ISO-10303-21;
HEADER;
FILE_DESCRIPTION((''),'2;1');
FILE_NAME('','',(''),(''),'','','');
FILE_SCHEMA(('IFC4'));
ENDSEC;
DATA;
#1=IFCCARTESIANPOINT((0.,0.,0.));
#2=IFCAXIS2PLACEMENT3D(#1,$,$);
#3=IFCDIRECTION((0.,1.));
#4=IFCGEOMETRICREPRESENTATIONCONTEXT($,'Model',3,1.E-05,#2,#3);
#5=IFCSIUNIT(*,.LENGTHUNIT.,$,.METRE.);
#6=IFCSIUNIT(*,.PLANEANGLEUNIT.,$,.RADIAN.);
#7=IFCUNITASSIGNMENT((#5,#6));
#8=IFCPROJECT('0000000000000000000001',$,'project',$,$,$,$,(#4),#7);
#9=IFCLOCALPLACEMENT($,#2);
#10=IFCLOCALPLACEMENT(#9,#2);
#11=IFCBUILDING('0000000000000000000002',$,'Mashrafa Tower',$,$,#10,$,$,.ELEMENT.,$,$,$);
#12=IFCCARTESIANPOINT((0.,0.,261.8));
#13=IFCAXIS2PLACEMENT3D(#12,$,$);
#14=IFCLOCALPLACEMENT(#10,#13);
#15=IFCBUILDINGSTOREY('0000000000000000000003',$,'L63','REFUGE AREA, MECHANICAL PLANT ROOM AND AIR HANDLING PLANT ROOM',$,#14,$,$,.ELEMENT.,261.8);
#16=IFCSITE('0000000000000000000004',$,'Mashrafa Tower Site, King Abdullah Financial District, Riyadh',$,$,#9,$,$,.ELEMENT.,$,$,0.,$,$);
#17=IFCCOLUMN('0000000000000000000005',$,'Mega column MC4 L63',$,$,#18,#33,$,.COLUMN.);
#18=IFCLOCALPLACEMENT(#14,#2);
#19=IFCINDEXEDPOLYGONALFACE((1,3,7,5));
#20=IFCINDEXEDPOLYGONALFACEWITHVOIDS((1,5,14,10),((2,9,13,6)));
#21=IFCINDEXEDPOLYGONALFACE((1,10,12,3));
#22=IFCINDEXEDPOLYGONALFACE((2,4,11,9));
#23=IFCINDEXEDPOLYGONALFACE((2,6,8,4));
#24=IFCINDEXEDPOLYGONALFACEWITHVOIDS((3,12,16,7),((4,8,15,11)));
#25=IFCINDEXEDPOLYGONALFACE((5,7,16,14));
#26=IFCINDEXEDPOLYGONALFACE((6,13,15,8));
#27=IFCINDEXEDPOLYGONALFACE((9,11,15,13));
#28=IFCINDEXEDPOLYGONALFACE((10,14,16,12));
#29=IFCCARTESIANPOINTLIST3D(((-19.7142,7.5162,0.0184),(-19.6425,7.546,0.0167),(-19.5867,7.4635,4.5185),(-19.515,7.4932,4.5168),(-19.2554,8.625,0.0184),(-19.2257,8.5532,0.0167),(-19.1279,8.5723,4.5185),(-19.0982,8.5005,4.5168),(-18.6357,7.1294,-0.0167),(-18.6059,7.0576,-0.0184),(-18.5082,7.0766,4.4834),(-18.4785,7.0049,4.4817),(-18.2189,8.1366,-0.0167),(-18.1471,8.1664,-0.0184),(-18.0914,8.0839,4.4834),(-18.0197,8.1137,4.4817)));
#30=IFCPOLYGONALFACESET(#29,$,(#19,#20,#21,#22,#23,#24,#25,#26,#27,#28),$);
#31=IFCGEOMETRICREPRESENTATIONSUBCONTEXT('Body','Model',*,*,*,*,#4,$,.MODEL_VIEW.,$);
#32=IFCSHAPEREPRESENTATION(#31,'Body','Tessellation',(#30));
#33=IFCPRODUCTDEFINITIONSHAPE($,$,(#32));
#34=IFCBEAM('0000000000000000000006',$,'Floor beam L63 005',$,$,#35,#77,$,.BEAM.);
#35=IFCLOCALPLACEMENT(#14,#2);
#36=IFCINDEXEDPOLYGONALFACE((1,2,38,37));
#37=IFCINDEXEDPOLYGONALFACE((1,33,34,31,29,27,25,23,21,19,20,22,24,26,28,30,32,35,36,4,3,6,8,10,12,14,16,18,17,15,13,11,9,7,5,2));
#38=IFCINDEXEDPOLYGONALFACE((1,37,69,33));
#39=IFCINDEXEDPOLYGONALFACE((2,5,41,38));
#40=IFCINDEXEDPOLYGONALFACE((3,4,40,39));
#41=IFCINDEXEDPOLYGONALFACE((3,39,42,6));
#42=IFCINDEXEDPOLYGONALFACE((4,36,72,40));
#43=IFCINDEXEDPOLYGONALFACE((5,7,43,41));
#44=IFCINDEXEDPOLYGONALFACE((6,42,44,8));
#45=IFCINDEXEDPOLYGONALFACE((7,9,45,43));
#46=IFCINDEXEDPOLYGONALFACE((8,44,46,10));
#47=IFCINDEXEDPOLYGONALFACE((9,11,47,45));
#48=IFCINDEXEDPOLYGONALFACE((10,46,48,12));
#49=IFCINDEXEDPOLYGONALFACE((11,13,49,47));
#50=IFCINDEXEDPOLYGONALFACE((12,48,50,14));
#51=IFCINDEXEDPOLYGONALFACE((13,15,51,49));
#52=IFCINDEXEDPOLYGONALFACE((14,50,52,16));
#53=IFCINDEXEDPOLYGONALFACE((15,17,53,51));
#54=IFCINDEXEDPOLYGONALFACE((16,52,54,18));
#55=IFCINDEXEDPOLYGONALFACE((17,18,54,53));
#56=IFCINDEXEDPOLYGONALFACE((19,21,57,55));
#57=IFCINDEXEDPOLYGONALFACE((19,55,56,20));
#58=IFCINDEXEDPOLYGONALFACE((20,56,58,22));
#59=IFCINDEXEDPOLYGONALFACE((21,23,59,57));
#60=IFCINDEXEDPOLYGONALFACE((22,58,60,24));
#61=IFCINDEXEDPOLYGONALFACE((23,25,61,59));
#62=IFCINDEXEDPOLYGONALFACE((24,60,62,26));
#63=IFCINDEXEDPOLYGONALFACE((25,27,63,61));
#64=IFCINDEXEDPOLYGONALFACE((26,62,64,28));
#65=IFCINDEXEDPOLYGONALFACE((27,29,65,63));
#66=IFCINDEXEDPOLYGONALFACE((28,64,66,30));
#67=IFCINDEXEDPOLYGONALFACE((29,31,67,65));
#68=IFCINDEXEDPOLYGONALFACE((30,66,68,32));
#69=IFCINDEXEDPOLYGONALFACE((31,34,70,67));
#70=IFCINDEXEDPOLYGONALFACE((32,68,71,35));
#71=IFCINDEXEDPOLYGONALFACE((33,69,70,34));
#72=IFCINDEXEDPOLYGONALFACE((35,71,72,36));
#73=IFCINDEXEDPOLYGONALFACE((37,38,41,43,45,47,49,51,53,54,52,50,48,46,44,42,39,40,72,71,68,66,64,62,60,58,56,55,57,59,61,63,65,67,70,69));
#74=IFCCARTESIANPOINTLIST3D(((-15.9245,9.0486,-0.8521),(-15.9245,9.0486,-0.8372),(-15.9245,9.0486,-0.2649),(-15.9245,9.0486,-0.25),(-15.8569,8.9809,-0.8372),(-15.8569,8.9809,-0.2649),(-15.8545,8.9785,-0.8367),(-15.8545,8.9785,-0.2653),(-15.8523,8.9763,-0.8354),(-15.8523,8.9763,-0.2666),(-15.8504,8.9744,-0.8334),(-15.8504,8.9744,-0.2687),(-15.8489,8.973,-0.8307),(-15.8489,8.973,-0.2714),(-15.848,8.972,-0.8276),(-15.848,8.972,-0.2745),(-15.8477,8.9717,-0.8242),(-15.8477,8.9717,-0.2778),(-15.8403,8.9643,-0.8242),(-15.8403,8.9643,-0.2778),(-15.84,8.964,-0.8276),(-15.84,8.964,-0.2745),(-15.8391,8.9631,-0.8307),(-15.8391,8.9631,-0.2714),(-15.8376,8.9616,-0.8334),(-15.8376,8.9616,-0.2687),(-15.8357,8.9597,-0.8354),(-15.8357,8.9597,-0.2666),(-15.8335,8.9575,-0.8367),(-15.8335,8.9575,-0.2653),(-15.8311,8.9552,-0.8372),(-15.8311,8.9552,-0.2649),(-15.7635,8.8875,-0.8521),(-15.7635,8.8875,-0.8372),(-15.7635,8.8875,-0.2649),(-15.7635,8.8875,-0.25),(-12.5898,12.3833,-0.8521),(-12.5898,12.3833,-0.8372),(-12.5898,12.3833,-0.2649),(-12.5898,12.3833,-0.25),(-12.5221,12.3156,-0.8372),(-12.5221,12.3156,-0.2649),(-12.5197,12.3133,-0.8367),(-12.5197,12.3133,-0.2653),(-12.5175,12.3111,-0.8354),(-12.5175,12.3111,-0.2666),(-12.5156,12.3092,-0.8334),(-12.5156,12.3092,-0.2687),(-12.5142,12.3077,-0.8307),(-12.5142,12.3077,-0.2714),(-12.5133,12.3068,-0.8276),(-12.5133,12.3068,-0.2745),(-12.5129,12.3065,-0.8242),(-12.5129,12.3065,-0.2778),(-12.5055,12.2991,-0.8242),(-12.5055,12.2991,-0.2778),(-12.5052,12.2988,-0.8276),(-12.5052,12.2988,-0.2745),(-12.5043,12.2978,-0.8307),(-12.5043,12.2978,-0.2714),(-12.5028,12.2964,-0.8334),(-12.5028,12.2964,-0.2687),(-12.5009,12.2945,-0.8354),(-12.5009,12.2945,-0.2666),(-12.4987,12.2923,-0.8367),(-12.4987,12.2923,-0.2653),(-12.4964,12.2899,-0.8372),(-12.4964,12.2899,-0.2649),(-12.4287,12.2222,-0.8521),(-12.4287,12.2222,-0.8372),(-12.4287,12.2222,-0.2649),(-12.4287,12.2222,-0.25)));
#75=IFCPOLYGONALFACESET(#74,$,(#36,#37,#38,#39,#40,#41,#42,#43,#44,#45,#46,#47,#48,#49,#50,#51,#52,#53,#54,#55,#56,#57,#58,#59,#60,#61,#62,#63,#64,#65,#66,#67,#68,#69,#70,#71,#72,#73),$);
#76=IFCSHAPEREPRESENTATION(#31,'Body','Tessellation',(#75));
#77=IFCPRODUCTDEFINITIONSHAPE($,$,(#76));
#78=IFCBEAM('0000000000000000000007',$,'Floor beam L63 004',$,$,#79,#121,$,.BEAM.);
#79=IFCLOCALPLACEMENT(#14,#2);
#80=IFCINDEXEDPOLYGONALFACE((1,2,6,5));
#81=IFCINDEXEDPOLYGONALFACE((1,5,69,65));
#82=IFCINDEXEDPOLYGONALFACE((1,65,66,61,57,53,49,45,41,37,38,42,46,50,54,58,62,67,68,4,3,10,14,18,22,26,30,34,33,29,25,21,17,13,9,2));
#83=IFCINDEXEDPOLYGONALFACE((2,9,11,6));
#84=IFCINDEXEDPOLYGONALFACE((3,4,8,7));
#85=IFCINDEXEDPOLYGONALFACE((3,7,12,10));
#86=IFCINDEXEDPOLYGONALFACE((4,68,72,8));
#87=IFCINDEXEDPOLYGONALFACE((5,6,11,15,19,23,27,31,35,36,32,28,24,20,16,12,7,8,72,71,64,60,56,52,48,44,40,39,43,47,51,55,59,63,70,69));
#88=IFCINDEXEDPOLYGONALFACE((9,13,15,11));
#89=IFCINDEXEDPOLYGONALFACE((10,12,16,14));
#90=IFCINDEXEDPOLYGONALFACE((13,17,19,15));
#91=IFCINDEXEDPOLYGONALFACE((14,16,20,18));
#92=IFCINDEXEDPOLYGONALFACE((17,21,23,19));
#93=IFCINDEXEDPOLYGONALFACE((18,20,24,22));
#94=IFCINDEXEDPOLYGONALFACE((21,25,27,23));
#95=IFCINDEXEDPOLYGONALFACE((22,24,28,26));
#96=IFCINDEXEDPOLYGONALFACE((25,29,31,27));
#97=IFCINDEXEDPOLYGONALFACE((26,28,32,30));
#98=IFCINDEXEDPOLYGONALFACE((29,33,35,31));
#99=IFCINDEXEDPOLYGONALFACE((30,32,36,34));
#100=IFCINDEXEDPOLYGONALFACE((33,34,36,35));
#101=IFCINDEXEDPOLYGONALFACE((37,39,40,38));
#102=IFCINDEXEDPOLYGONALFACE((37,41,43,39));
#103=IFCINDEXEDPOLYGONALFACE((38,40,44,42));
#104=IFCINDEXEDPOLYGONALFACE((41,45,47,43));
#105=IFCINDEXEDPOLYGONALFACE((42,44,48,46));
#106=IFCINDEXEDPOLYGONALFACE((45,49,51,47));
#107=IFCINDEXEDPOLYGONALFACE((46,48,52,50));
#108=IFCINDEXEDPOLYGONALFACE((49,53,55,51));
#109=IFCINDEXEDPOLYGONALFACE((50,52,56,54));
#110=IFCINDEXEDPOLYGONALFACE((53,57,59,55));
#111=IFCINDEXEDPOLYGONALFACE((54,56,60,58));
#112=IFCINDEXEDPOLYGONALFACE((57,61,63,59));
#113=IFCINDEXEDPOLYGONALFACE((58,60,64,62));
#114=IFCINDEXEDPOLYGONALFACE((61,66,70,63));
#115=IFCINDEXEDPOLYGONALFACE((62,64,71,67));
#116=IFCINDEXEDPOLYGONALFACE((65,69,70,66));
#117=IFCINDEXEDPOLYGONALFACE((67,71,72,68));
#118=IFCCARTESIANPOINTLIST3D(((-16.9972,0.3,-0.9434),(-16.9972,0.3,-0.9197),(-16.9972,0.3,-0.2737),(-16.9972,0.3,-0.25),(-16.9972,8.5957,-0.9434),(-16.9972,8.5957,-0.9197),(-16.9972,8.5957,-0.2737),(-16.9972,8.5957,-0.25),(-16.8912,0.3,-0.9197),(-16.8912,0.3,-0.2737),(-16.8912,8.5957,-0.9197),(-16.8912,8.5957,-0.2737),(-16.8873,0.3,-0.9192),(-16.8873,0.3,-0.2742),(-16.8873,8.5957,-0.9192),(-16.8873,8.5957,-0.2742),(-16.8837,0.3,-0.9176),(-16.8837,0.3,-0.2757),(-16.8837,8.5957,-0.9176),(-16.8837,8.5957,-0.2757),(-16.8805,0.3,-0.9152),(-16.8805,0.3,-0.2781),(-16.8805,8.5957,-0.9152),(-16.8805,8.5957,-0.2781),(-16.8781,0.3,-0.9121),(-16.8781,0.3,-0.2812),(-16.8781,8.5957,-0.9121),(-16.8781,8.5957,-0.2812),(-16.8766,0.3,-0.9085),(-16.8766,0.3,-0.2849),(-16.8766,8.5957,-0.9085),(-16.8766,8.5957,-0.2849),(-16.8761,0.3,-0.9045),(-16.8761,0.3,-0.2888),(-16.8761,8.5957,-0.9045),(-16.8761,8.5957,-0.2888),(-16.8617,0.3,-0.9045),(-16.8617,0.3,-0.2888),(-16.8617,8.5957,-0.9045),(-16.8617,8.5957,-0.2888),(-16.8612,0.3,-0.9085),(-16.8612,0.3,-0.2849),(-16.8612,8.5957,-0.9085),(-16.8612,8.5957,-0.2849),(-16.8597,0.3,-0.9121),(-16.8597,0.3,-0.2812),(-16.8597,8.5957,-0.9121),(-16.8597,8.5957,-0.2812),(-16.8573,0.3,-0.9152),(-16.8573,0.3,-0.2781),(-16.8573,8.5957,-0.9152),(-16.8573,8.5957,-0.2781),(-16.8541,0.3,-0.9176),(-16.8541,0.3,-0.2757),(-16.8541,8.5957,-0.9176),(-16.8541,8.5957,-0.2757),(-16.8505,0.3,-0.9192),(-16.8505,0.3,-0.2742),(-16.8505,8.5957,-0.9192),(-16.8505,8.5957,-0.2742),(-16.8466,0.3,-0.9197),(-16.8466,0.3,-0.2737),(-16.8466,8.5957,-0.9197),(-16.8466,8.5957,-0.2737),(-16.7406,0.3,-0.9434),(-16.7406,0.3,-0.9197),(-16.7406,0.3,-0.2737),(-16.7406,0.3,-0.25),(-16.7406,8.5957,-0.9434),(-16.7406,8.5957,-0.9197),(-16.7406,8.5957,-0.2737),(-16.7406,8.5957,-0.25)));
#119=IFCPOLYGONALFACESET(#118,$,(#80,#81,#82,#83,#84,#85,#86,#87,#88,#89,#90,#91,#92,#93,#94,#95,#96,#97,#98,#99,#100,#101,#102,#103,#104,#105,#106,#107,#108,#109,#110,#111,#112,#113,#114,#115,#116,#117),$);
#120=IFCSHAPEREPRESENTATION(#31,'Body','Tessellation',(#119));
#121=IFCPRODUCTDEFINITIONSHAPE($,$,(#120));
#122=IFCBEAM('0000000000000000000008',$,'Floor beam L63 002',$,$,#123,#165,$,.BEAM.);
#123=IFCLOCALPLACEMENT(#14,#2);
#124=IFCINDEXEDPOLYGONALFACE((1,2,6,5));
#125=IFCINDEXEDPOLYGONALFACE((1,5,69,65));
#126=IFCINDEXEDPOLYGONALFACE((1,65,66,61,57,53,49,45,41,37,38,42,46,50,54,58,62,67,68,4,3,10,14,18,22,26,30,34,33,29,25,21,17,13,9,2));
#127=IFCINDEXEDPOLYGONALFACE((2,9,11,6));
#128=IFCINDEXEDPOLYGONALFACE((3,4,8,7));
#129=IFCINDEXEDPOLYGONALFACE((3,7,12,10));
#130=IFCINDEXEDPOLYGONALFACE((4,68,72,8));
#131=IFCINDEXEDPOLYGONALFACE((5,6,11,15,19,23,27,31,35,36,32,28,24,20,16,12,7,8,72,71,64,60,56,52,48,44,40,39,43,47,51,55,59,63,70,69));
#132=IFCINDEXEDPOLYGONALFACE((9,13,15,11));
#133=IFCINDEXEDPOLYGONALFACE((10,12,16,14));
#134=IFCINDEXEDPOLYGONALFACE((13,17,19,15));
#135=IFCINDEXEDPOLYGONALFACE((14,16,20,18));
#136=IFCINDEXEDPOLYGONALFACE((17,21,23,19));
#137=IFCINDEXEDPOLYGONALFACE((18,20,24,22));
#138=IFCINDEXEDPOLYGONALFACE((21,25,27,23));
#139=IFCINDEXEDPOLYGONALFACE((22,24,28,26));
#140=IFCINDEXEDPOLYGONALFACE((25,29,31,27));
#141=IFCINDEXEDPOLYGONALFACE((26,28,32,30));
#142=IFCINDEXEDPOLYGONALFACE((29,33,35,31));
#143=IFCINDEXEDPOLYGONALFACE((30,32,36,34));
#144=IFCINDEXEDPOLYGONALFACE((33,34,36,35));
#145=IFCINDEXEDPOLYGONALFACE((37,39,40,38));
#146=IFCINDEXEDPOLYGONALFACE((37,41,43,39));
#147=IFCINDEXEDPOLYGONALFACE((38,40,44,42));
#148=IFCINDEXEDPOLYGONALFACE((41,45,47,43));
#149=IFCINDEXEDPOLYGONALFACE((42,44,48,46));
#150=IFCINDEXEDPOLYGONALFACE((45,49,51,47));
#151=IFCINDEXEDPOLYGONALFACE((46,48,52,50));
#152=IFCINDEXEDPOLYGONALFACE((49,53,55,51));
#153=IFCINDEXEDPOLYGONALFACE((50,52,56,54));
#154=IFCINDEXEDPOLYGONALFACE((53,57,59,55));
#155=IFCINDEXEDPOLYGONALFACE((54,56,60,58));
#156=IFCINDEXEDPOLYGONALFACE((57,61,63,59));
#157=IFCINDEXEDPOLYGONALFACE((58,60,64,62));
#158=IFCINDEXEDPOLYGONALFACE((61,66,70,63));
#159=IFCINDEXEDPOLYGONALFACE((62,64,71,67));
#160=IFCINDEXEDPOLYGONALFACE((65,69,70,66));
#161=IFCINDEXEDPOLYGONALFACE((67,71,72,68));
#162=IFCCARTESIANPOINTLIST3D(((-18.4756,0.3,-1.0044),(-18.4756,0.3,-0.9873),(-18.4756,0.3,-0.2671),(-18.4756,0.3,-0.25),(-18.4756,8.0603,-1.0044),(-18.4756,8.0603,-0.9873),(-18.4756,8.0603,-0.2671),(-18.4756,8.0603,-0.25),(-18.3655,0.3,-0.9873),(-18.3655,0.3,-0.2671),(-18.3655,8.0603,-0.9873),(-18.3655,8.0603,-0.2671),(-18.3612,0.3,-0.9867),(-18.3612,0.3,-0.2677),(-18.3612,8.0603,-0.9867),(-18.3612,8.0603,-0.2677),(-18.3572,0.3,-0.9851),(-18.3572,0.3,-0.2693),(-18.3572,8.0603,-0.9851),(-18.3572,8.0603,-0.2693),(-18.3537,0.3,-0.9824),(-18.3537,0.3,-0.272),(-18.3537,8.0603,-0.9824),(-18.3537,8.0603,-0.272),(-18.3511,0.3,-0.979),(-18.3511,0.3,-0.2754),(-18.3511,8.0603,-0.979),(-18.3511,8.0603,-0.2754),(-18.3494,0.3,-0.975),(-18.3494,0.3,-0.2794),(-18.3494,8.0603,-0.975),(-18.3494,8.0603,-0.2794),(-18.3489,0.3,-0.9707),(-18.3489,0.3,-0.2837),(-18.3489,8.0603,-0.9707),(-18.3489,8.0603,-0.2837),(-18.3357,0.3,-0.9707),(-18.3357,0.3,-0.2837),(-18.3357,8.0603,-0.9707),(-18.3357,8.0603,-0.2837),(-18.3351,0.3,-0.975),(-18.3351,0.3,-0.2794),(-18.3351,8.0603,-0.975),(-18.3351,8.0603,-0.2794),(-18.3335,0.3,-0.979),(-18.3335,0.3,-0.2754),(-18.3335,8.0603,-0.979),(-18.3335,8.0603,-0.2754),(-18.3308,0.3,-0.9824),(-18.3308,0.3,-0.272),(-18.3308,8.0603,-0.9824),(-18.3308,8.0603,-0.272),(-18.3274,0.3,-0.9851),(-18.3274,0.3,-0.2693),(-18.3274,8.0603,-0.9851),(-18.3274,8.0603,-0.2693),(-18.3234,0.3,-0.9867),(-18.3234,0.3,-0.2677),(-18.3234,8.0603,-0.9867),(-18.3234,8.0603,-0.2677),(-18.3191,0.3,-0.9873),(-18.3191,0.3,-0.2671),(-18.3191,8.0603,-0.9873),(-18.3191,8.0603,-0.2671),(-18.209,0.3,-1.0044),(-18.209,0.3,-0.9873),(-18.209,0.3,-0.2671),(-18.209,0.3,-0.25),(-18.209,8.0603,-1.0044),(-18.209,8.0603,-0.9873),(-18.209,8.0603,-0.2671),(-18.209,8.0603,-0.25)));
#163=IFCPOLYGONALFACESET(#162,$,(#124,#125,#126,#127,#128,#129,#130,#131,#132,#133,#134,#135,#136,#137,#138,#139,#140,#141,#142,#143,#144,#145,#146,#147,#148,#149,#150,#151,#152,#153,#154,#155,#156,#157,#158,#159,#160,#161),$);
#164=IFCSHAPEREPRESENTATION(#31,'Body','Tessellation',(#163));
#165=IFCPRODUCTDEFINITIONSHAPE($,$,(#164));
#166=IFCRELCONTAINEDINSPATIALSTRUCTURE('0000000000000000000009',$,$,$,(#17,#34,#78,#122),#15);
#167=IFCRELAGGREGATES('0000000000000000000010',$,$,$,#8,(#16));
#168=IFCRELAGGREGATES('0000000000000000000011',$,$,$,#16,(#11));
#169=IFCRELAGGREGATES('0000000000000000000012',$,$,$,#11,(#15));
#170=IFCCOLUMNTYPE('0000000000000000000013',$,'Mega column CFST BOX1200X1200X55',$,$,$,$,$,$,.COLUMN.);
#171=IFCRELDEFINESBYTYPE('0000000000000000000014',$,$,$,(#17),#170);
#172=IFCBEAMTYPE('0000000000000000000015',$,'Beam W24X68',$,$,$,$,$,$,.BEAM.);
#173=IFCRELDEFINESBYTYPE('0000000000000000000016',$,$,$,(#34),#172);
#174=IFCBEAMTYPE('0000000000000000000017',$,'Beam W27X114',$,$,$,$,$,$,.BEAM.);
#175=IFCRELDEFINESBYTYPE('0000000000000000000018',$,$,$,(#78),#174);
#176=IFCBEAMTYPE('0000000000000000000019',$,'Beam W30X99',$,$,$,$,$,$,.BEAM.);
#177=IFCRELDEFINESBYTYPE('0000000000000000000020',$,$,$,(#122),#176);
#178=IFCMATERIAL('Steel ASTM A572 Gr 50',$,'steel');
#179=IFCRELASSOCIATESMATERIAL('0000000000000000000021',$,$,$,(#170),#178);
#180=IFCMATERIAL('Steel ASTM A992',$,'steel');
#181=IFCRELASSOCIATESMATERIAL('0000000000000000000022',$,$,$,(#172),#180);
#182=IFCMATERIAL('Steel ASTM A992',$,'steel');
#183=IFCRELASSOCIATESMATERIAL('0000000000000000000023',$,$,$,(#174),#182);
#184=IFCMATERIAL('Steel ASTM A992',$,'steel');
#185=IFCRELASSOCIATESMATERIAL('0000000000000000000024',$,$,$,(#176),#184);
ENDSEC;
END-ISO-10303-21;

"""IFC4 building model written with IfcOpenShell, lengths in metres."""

from ifc_helpers import new_model, si_unit, direction, frame, origin, origin_2d, place, context, subcontext, project, spatial, hollow_rectangle, i_section, extrude, material, material_profile, profile_set, type_object, element, save


model = new_model("IFC4")

# Units and contexts
model_context = context("Model", 3, precision=1e-05, world=origin(), true_north=direction((0.0, 1.0)))
body_context = subcontext(model_context, "Body", "Model", "MODEL_VIEW")
ifc_project = project(units=[si_unit("LENGTHUNIT", "METRE"), si_unit("PLANEANGLEUNIT", "RADIAN")], contexts=[model_context])

# Site, building, storey
site_placement = place(None, origin())
site = spatial("IfcSite", under=ifc_project, at=site_placement, Name="Mashrafa Tower Site, King Abdullah Financial District, Riyadh", CompositionType="ELEMENT", RefElevation=0.0)
building_placement = place(site_placement, origin())
building = spatial("IfcBuilding", under=site, at=building_placement, Name="Mashrafa Tower", CompositionType="ELEMENT")
storey_placement = place(building_placement, frame((0.0, 0.0, 261.8)))
storey = spatial("IfcBuildingStorey", under=building, at=storey_placement, Name="L63", Description="REFUGE AREA, MECHANICAL PLANT ROOM AND AIR HANDLING PLANT ROOM", CompositionType="ELEMENT", Elevation=261.8)

# Column
ifc_material_1 = material(Name="Steel ASTM A572 Gr 50", Category="steel")
ifc_material_profile_1 = material_profile(ifc_material_1, hollow_rectangle(XDim=1.2, YDim=1.2, WallThickness=0.0549, at=origin_2d()), Name="BOX1200X1200X55")
ifc_profile_set_1 = profile_set([ifc_material_profile_1], Name="Steel ASTM A572 Gr 50")
column_type = type_object("IfcColumnType", Name="Mega column CFST BOX1200X1200X55", PredefinedType="COLUMN", material=ifc_profile_set_1)
column_placement = place(storey_placement, frame((-18.9307, 7.8413, 0.0), z_axis=(0.028307, -0.011713, 0.999531), x_axis=(0.382352, 0.924017, 0.0)))
element("IfcColumn", 1, at=column_placement, inside=storey, type_object=column_type, Name="Mega column MC4 L63", PredefinedType="COLUMN", context=body_context, shape_type="SweptSolid", body=[
    extrude(hollow_rectangle(XDim=1.2, YDim=1.2, WallThickness=0.0549, at=origin_2d()), origin(), (0.0, 0.0, 1.0), 4.5022),
])

# Beams
ifc_material_2 = material(Name="Steel ASTM A992", Category="steel")
ifc_material_profile_2 = material_profile(ifc_material_2, i_section(OverallWidth=0.2278, OverallDepth=0.6021, WebThickness=0.0105, FlangeThickness=0.0149, FilletRadius=0.0129, at=origin_2d()), Name="W24X68")
ifc_profile_set_2 = profile_set([ifc_material_profile_2], Name="Steel ASTM A992")
beam_type_1 = type_object("IfcBeamType", Name="Beam W24X68", PredefinedType="BEAM", material=ifc_profile_set_2)
beam_1_placement = place(storey_placement, frame((-15.844, 8.968, -0.551), z_axis=(0.707107, 0.707107, 0.0), x_axis=(-0.707107, 0.707107, 0.0)))
element("IfcBeam", 2, at=beam_1_placement, inside=storey, type_object=beam_type_1, Name="Floor beam L63 005", PredefinedType="BEAM", context=body_context, shape_type="SweptSolid", body=[
    extrude(i_section(OverallWidth=0.2278, OverallDepth=0.6021, WebThickness=0.0105, FlangeThickness=0.0149, FilletRadius=0.0129, at=origin_2d()), origin(), (0.0, 0.0, 1.0), 4.7161),
])
ifc_material_3 = material(Name="Steel ASTM A992", Category="steel")
ifc_material_profile_3 = material_profile(ifc_material_3, i_section(OverallWidth=0.2566, OverallDepth=0.6934, WebThickness=0.0144, FlangeThickness=0.0237, FilletRadius=0.0151, at=origin_2d()), Name="W27X114")
ifc_profile_set_3 = profile_set([ifc_material_profile_3], Name="Steel ASTM A992")
beam_type_2 = type_object("IfcBeamType", Name="Beam W27X114", PredefinedType="BEAM", material=ifc_profile_set_3)
beam_2_placement = place(storey_placement, frame((-16.8689, 0.3, -0.5967), z_axis=(0.0, 1.0, 0.0), x_axis=(-1.0, 0.0, 0.0)))
element("IfcBeam", 3, at=beam_2_placement, inside=storey, type_object=beam_type_2, Name="Floor beam L63 004", PredefinedType="BEAM", context=body_context, shape_type="SweptSolid", body=[
    extrude(i_section(OverallWidth=0.2566, OverallDepth=0.6934, WebThickness=0.0144, FlangeThickness=0.0237, FilletRadius=0.0151, at=origin_2d()), origin(), (0.0, 0.0, 1.0), 8.2957),
])
ifc_material_4 = material(Name="Steel ASTM A992", Category="steel")
ifc_material_profile_4 = material_profile(ifc_material_4, i_section(OverallWidth=0.2666, OverallDepth=0.7544, WebThickness=0.0132, FlangeThickness=0.0171, FilletRadius=0.0166, at=origin_2d()), Name="W30X99")
ifc_profile_set_4 = profile_set([ifc_material_profile_4], Name="Steel ASTM A992")
beam_type_3 = type_object("IfcBeamType", Name="Beam W30X99", PredefinedType="BEAM", material=ifc_profile_set_4)
beam_3_placement = place(storey_placement, frame((-18.3423, 0.3, -0.6272), z_axis=(0.0, 1.0, 0.0), x_axis=(-1.0, 0.0, 0.0)))
element("IfcBeam", 4, at=beam_3_placement, inside=storey, type_object=beam_type_3, Name="Floor beam L63 002", PredefinedType="BEAM", context=body_context, shape_type="SweptSolid", body=[
    extrude(i_section(OverallWidth=0.2666, OverallDepth=0.7544, WebThickness=0.0132, FlangeThickness=0.0171, FilletRadius=0.0166, at=origin_2d()), origin(), (0.0, 0.0, 1.0), 7.7603),
])

save(model, "model.ifc")
